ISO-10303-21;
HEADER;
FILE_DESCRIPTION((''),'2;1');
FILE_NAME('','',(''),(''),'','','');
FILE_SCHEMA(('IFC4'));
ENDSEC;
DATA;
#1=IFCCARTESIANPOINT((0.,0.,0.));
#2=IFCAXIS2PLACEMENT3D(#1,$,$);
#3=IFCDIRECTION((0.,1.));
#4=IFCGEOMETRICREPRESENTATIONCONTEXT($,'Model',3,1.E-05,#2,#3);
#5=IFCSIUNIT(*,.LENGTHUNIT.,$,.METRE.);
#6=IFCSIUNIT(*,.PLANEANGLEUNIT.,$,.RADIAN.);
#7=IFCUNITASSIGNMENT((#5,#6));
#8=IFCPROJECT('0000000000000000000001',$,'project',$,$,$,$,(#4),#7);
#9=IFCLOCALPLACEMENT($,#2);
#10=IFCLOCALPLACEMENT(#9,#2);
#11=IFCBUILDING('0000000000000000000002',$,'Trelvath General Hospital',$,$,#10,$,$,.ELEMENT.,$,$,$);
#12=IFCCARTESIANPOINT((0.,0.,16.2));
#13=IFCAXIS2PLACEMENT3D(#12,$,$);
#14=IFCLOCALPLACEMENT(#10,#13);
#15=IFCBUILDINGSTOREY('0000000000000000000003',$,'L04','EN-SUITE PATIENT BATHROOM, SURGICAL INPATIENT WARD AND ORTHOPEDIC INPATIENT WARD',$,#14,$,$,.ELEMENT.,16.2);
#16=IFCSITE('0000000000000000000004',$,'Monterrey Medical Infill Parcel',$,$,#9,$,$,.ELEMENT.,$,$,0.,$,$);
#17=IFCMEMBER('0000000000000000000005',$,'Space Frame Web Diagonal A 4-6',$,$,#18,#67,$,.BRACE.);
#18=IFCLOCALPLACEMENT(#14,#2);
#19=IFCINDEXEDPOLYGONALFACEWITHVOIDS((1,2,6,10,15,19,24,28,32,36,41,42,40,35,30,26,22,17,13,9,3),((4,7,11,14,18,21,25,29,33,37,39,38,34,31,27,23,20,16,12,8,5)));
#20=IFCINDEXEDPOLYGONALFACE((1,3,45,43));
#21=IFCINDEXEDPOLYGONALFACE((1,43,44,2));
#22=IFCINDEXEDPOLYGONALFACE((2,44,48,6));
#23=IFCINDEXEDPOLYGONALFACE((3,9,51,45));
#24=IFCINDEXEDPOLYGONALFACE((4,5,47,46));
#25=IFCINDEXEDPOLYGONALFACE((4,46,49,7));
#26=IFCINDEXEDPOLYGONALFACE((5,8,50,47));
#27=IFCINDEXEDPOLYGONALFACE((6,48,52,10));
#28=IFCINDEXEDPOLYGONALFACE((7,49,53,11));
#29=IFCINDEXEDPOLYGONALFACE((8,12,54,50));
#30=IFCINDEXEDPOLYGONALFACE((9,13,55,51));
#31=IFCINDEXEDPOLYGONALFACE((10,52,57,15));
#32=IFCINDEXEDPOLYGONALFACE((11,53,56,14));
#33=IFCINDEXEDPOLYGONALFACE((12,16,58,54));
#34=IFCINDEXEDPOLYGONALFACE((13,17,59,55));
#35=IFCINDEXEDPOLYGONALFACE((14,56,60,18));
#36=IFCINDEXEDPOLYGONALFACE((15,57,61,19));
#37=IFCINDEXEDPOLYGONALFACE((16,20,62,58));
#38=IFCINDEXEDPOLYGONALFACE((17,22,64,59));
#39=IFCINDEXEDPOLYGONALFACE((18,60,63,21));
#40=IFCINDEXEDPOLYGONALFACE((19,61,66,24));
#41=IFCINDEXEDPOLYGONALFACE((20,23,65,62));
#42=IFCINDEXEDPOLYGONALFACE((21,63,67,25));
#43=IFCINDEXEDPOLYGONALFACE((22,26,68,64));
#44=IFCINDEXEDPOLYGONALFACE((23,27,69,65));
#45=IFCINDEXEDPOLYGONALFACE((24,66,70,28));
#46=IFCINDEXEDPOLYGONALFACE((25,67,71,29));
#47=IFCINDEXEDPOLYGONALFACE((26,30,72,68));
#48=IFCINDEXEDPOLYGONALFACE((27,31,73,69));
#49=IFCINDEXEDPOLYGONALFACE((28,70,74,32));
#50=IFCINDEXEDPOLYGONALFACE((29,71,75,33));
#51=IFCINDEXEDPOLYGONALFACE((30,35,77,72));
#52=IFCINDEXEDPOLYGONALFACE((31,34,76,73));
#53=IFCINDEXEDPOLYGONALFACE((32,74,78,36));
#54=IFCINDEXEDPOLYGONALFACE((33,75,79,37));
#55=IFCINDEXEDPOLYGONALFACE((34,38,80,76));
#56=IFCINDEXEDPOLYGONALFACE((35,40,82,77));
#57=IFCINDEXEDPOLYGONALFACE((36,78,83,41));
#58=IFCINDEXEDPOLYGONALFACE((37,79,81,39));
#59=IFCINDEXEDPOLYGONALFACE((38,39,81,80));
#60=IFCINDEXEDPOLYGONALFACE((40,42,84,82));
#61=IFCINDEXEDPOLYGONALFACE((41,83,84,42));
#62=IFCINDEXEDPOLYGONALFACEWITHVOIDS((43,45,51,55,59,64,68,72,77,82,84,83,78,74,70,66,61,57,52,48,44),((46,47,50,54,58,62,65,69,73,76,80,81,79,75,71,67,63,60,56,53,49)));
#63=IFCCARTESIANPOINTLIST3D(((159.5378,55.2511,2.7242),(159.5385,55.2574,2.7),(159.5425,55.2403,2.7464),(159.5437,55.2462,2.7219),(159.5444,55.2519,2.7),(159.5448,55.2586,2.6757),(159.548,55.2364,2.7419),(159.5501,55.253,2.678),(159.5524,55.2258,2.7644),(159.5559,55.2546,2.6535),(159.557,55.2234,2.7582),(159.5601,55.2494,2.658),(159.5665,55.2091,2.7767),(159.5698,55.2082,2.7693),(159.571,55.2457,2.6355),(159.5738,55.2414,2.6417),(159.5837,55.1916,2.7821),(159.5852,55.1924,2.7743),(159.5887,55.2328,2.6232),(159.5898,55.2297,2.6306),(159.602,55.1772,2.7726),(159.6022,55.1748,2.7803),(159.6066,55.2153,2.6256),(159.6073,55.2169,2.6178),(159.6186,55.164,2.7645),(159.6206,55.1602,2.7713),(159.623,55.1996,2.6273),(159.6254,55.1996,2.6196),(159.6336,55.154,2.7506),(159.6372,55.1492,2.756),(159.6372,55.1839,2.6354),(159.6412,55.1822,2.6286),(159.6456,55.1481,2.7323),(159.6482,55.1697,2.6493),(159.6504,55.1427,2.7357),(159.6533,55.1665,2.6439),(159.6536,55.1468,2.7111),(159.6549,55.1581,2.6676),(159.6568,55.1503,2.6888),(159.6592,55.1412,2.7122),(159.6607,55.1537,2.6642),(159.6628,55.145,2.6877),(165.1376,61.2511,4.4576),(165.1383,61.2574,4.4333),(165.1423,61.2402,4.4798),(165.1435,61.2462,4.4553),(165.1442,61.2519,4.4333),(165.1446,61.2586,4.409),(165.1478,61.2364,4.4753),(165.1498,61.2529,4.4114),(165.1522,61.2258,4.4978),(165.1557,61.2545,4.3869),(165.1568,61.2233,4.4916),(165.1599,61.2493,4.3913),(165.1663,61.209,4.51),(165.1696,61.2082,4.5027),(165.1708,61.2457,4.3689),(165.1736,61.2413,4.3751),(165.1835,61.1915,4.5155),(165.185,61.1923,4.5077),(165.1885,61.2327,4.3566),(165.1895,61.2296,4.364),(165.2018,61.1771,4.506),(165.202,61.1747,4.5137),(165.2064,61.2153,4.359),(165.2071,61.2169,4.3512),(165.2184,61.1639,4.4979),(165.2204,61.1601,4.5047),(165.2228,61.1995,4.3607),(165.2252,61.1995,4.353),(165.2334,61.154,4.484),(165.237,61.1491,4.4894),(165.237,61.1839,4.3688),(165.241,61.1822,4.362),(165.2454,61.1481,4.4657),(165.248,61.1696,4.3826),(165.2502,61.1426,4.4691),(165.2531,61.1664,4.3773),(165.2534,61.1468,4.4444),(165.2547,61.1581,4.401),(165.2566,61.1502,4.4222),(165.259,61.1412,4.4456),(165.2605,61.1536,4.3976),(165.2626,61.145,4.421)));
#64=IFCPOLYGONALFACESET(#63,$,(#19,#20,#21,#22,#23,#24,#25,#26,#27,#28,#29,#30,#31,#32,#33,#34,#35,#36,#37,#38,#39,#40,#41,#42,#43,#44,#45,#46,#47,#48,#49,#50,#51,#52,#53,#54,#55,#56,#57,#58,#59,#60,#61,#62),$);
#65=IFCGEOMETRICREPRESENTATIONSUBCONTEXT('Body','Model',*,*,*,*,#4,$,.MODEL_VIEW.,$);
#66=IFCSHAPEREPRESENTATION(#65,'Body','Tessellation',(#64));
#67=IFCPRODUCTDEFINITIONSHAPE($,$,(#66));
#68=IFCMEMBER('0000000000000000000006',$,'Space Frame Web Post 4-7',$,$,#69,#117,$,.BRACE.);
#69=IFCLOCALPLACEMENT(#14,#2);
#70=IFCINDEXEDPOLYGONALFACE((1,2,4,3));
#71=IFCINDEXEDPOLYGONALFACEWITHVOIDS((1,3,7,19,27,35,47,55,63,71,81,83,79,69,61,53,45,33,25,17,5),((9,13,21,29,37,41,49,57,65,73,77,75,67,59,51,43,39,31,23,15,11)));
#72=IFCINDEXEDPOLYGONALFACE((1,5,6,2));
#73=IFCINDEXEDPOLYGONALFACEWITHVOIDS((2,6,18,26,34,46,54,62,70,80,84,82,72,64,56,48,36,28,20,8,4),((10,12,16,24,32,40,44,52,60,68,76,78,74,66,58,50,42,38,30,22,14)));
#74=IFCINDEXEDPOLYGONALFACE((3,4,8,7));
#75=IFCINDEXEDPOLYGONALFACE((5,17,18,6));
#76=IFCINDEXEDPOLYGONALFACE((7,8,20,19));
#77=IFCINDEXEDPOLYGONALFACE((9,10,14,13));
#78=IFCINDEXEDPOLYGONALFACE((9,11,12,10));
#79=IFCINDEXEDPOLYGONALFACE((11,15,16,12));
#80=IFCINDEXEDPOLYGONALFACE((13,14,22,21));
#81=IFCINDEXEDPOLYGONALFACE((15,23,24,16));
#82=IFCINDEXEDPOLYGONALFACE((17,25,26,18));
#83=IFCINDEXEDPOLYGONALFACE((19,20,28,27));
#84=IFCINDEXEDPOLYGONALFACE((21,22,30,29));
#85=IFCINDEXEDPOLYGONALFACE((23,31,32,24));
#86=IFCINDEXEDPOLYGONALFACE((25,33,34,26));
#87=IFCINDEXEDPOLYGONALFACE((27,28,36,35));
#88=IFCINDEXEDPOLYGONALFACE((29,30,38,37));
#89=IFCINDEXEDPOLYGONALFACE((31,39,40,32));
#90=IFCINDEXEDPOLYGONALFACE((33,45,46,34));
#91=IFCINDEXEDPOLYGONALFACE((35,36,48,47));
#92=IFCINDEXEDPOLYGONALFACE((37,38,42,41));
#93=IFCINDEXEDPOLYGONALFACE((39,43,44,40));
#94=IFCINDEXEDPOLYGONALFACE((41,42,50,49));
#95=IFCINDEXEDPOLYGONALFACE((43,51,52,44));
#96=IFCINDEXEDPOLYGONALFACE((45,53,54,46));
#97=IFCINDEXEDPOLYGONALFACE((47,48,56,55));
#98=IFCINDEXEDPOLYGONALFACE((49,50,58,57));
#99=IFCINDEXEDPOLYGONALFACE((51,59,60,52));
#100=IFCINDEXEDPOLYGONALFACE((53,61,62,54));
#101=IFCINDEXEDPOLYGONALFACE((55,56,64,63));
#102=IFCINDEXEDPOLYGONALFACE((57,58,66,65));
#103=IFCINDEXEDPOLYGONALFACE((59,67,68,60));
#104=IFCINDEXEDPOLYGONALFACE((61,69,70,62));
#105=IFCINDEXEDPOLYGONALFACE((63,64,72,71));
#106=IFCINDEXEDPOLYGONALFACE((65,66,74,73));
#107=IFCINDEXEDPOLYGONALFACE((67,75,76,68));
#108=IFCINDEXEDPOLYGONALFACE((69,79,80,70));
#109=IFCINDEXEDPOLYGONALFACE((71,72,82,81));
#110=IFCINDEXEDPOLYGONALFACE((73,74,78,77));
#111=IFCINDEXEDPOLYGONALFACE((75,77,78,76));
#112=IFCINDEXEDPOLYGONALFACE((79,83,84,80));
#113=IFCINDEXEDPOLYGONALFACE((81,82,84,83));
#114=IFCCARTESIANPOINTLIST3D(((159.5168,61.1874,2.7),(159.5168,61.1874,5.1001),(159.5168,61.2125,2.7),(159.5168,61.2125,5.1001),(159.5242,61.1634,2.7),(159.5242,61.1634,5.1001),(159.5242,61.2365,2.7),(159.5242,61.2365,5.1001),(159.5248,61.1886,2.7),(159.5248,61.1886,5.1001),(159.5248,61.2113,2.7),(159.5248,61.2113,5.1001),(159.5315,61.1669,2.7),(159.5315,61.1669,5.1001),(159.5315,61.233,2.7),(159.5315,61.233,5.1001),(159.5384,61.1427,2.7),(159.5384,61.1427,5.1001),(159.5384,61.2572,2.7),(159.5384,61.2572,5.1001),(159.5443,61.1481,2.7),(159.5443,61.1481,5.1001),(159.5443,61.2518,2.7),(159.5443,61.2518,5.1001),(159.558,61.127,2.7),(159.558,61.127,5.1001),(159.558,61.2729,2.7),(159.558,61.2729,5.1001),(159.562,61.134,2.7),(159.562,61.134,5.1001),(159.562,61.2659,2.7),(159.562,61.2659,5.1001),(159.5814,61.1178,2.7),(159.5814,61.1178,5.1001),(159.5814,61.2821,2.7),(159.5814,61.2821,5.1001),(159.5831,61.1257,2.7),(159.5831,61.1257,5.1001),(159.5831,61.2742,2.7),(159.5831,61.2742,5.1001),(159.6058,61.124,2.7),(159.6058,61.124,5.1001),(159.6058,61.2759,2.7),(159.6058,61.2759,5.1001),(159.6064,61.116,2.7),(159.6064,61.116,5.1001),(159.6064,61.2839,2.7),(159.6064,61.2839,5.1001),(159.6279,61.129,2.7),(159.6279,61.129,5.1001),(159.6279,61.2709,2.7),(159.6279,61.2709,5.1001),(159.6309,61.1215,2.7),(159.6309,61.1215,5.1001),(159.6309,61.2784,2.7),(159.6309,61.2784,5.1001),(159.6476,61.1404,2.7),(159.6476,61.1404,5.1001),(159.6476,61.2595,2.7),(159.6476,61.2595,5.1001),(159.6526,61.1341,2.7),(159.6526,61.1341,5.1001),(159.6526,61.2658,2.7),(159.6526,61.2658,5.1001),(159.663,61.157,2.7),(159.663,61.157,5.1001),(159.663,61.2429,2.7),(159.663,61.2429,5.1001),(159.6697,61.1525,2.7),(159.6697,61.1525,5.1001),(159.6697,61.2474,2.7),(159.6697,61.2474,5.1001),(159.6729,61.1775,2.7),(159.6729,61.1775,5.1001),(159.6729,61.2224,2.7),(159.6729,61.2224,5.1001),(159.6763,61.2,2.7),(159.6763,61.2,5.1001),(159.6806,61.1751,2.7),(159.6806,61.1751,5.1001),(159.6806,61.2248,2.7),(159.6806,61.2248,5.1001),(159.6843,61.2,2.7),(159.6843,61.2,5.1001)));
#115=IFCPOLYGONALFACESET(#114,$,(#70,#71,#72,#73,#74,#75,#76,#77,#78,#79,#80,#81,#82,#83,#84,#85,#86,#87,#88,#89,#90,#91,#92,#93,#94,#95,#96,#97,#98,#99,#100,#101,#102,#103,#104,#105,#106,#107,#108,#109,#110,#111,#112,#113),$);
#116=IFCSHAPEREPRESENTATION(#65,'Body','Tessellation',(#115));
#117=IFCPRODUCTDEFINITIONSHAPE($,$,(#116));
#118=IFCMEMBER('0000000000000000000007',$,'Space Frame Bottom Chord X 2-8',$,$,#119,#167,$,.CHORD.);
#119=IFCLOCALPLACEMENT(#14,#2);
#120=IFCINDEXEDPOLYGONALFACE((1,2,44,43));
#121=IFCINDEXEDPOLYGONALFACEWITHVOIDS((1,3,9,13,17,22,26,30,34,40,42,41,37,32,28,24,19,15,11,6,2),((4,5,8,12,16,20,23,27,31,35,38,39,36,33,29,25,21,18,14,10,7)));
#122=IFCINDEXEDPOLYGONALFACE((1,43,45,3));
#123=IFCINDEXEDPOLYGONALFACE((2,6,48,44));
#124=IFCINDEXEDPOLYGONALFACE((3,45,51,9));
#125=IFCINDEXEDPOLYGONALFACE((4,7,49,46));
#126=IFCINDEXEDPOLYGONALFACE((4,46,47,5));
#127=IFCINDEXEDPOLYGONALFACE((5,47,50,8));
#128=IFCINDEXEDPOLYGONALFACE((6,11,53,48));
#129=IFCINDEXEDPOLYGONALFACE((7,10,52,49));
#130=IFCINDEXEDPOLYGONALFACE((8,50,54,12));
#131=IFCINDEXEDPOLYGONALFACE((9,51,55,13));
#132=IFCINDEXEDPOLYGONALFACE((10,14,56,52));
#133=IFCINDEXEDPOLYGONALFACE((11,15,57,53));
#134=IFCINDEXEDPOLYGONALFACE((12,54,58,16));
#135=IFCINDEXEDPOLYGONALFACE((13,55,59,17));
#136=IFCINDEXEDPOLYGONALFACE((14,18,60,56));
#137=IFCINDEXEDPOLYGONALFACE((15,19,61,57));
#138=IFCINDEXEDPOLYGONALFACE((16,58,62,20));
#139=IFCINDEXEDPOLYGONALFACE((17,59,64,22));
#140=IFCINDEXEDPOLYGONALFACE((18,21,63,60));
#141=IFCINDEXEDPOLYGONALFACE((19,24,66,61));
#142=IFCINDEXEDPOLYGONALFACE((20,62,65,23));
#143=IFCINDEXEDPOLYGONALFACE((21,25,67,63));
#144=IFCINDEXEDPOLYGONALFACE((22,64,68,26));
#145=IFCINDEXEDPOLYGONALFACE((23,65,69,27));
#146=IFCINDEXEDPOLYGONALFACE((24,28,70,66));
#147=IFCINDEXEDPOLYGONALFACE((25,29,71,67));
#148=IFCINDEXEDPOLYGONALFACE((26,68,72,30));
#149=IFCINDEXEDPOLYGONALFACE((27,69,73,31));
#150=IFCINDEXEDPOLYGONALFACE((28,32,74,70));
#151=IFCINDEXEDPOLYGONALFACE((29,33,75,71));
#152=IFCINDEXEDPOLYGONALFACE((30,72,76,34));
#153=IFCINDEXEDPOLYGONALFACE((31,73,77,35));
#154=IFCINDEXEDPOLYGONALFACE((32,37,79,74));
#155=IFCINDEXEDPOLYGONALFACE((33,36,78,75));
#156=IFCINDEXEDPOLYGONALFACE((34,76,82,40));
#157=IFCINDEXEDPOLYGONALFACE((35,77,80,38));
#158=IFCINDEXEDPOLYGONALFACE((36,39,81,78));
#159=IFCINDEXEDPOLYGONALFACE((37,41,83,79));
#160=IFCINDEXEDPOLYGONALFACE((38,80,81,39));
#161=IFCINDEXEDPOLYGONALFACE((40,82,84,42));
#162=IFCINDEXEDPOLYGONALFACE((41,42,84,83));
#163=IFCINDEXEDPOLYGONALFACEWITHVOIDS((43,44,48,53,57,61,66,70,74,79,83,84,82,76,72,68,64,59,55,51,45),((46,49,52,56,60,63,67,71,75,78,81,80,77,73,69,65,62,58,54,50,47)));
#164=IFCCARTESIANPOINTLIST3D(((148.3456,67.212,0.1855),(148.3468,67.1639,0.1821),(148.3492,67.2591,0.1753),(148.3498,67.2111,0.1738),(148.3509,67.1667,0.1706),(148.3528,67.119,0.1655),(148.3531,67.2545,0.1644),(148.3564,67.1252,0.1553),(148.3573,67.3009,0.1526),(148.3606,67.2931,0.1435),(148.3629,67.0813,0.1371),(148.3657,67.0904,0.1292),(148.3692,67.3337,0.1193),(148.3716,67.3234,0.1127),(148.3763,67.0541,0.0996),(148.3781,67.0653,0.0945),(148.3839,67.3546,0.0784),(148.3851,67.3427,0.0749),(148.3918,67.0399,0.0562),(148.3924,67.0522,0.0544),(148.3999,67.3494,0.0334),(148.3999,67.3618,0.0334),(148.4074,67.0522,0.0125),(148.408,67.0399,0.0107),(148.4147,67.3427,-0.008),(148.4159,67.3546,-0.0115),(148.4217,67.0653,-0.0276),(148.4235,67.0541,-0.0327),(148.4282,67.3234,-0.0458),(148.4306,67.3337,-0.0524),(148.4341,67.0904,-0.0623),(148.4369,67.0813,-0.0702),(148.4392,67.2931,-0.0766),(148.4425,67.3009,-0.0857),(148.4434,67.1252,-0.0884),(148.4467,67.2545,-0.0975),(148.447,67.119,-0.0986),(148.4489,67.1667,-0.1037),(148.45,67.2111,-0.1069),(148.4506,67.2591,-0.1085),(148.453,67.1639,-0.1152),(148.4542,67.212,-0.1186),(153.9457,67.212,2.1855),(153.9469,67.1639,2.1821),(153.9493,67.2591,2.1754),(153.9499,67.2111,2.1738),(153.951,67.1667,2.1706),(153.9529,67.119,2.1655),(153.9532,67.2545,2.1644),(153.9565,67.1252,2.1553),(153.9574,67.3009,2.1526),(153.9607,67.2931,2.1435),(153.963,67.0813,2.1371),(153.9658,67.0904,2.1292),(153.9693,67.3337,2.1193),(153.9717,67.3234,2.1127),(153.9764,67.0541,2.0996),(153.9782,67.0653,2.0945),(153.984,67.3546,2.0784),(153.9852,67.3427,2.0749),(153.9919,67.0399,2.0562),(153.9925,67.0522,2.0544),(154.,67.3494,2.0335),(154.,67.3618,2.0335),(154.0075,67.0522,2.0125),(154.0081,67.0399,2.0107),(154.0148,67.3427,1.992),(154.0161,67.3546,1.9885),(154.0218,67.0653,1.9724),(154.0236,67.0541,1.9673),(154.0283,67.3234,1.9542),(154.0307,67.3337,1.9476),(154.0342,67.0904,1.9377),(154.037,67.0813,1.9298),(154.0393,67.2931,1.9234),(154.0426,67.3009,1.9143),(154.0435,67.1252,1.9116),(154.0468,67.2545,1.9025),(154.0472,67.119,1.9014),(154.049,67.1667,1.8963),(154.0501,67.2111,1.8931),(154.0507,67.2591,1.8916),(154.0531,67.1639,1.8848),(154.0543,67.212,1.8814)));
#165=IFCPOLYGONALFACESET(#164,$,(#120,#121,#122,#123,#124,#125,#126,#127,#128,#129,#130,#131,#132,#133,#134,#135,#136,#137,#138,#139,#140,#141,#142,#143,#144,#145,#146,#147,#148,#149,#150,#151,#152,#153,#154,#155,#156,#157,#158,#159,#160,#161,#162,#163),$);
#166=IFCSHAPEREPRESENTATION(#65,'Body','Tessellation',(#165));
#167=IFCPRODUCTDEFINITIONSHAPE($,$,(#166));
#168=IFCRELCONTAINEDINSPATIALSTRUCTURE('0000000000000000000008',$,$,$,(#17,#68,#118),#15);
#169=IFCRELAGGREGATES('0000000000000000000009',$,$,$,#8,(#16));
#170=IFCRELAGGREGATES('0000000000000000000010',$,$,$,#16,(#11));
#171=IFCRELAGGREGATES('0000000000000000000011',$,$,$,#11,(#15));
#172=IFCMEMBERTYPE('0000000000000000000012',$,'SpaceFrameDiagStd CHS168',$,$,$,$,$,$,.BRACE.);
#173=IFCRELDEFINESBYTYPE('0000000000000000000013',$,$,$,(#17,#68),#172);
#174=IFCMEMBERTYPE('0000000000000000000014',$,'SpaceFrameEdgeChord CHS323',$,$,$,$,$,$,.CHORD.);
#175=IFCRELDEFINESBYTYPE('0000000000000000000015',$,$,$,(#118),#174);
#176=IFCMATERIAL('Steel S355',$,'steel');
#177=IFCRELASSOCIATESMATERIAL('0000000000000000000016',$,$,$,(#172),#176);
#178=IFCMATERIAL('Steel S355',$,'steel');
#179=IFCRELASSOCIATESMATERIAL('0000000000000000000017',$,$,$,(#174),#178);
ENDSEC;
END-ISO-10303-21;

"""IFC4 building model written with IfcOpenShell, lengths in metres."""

from ifc_helpers import new_model, si_unit, direction, frame, origin, origin_2d, place, context, subcontext, project, spatial, hollow_circle, extrude, material, material_profile, profile_set, type_object, element, save


model = new_model("IFC4")

# Units and contexts
model_context = context("Model", 3, precision=1e-05, world=origin(), true_north=direction((0.0, 1.0)))
body_context = subcontext(model_context, "Body", "Model", "MODEL_VIEW")
ifc_project = project(units=[si_unit("LENGTHUNIT", "METRE"), si_unit("PLANEANGLEUNIT", "RADIAN")], contexts=[model_context])

# Site, building, storey
site_placement = place(None, origin())
site = spatial("IfcSite", under=ifc_project, at=site_placement, Name="Monterrey Medical Infill Parcel", CompositionType="ELEMENT", RefElevation=0.0)
building_placement = place(site_placement, origin())
building = spatial("IfcBuilding", under=site, at=building_placement, Name="Trelvath General Hospital", CompositionType="ELEMENT")
storey_placement = place(building_placement, frame((0.0, 0.0, 16.2)))
storey = spatial("IfcBuildingStorey", under=building, at=storey_placement, Name="L04", Description="EN-SUITE PATIENT BATHROOM, SURGICAL INPATIENT WARD AND ORTHOPEDIC INPATIENT WARD", CompositionType="ELEMENT", Elevation=16.2)

# Members
ifc_material_1 = material(Name="Steel S355", Category="steel")
ifc_material_profile_1 = material_profile(ifc_material_1, hollow_circle(Radius=0.0842, WallThickness=0.0081, at=origin_2d()), Name="CHS168.3x8.0")
ifc_profile_set_1 = profile_set([ifc_material_profile_1], Name="Steel S355")
member_type_1 = type_object("IfcMemberType", Name="SpaceFrameDiagStd CHS168", PredefinedType="BRACE", material=ifc_profile_set_1)
member_1_placement = place(storey_placement, frame((159.6001, 55.2, 2.7), z_axis=(0.667582, 0.715285, 0.206646), x_axis=(-0.731064, 0.682309, 0.0)))
element("IfcMember", 1, at=member_1_placement, inside=storey, type_object=member_type_1, Name="Space Frame Web Diagonal A 4-6", PredefinedType="BRACE", context=body_context, shape_type="SweptSolid", body=[
    extrude(hollow_circle(Radius=0.0842, WallThickness=0.0081, at=origin_2d()), origin(), (0.0, 0.0, 1.0), 8.3882),
])
member_2_placement = place(storey_placement, frame((159.6001, 61.2, 2.7), z_axis=(0.0, 0.0, 1.0), x_axis=(1.0, 0.0, 0.0)))
element("IfcMember", 2, at=member_2_placement, inside=storey, type_object=member_type_1, Name="Space Frame Web Post 4-7", PredefinedType="BRACE", context=body_context, shape_type="SweptSolid", body=[
    extrude(hollow_circle(Radius=0.0842, WallThickness=0.0081, at=origin_2d()), origin(), (0.0, 0.0, 1.0), 2.4001),
])
ifc_material_2 = material(Name="Steel S355", Category="steel")
ifc_material_profile_2 = material_profile(ifc_material_2, hollow_circle(Radius=0.1619, WallThickness=0.0125, at=origin_2d()), Name="CHS323.9x12.5")
ifc_profile_set_2 = profile_set([ifc_material_profile_2], Name="Steel S355")
member_type_2 = type_object("IfcMemberType", Name="SpaceFrameEdgeChord CHS323", PredefinedType="CHORD", material=ifc_profile_set_2)
for number, where, z_axis, x_axis, name in (
    (3, (148.3999, 67.2, 0.0334), (0.941744, 0.0, 0.336331), (0.0, 1.0, 0.0), "Space Frame Bottom Chord X 2-8"),
):
    element("IfcMember", number, at=place(storey_placement, frame(where, z_axis=z_axis, x_axis=x_axis)), inside=storey, type_object=member_type_2, Name=name, PredefinedType="CHORD", context=body_context, shape_type="SweptSolid", body=[
        extrude(hollow_circle(Radius=0.1619, WallThickness=0.0125, at=origin_2d()), origin(), (0.0, 0.0, 1.0), 5.9465),
    ])

save(model, "model.ifc")
